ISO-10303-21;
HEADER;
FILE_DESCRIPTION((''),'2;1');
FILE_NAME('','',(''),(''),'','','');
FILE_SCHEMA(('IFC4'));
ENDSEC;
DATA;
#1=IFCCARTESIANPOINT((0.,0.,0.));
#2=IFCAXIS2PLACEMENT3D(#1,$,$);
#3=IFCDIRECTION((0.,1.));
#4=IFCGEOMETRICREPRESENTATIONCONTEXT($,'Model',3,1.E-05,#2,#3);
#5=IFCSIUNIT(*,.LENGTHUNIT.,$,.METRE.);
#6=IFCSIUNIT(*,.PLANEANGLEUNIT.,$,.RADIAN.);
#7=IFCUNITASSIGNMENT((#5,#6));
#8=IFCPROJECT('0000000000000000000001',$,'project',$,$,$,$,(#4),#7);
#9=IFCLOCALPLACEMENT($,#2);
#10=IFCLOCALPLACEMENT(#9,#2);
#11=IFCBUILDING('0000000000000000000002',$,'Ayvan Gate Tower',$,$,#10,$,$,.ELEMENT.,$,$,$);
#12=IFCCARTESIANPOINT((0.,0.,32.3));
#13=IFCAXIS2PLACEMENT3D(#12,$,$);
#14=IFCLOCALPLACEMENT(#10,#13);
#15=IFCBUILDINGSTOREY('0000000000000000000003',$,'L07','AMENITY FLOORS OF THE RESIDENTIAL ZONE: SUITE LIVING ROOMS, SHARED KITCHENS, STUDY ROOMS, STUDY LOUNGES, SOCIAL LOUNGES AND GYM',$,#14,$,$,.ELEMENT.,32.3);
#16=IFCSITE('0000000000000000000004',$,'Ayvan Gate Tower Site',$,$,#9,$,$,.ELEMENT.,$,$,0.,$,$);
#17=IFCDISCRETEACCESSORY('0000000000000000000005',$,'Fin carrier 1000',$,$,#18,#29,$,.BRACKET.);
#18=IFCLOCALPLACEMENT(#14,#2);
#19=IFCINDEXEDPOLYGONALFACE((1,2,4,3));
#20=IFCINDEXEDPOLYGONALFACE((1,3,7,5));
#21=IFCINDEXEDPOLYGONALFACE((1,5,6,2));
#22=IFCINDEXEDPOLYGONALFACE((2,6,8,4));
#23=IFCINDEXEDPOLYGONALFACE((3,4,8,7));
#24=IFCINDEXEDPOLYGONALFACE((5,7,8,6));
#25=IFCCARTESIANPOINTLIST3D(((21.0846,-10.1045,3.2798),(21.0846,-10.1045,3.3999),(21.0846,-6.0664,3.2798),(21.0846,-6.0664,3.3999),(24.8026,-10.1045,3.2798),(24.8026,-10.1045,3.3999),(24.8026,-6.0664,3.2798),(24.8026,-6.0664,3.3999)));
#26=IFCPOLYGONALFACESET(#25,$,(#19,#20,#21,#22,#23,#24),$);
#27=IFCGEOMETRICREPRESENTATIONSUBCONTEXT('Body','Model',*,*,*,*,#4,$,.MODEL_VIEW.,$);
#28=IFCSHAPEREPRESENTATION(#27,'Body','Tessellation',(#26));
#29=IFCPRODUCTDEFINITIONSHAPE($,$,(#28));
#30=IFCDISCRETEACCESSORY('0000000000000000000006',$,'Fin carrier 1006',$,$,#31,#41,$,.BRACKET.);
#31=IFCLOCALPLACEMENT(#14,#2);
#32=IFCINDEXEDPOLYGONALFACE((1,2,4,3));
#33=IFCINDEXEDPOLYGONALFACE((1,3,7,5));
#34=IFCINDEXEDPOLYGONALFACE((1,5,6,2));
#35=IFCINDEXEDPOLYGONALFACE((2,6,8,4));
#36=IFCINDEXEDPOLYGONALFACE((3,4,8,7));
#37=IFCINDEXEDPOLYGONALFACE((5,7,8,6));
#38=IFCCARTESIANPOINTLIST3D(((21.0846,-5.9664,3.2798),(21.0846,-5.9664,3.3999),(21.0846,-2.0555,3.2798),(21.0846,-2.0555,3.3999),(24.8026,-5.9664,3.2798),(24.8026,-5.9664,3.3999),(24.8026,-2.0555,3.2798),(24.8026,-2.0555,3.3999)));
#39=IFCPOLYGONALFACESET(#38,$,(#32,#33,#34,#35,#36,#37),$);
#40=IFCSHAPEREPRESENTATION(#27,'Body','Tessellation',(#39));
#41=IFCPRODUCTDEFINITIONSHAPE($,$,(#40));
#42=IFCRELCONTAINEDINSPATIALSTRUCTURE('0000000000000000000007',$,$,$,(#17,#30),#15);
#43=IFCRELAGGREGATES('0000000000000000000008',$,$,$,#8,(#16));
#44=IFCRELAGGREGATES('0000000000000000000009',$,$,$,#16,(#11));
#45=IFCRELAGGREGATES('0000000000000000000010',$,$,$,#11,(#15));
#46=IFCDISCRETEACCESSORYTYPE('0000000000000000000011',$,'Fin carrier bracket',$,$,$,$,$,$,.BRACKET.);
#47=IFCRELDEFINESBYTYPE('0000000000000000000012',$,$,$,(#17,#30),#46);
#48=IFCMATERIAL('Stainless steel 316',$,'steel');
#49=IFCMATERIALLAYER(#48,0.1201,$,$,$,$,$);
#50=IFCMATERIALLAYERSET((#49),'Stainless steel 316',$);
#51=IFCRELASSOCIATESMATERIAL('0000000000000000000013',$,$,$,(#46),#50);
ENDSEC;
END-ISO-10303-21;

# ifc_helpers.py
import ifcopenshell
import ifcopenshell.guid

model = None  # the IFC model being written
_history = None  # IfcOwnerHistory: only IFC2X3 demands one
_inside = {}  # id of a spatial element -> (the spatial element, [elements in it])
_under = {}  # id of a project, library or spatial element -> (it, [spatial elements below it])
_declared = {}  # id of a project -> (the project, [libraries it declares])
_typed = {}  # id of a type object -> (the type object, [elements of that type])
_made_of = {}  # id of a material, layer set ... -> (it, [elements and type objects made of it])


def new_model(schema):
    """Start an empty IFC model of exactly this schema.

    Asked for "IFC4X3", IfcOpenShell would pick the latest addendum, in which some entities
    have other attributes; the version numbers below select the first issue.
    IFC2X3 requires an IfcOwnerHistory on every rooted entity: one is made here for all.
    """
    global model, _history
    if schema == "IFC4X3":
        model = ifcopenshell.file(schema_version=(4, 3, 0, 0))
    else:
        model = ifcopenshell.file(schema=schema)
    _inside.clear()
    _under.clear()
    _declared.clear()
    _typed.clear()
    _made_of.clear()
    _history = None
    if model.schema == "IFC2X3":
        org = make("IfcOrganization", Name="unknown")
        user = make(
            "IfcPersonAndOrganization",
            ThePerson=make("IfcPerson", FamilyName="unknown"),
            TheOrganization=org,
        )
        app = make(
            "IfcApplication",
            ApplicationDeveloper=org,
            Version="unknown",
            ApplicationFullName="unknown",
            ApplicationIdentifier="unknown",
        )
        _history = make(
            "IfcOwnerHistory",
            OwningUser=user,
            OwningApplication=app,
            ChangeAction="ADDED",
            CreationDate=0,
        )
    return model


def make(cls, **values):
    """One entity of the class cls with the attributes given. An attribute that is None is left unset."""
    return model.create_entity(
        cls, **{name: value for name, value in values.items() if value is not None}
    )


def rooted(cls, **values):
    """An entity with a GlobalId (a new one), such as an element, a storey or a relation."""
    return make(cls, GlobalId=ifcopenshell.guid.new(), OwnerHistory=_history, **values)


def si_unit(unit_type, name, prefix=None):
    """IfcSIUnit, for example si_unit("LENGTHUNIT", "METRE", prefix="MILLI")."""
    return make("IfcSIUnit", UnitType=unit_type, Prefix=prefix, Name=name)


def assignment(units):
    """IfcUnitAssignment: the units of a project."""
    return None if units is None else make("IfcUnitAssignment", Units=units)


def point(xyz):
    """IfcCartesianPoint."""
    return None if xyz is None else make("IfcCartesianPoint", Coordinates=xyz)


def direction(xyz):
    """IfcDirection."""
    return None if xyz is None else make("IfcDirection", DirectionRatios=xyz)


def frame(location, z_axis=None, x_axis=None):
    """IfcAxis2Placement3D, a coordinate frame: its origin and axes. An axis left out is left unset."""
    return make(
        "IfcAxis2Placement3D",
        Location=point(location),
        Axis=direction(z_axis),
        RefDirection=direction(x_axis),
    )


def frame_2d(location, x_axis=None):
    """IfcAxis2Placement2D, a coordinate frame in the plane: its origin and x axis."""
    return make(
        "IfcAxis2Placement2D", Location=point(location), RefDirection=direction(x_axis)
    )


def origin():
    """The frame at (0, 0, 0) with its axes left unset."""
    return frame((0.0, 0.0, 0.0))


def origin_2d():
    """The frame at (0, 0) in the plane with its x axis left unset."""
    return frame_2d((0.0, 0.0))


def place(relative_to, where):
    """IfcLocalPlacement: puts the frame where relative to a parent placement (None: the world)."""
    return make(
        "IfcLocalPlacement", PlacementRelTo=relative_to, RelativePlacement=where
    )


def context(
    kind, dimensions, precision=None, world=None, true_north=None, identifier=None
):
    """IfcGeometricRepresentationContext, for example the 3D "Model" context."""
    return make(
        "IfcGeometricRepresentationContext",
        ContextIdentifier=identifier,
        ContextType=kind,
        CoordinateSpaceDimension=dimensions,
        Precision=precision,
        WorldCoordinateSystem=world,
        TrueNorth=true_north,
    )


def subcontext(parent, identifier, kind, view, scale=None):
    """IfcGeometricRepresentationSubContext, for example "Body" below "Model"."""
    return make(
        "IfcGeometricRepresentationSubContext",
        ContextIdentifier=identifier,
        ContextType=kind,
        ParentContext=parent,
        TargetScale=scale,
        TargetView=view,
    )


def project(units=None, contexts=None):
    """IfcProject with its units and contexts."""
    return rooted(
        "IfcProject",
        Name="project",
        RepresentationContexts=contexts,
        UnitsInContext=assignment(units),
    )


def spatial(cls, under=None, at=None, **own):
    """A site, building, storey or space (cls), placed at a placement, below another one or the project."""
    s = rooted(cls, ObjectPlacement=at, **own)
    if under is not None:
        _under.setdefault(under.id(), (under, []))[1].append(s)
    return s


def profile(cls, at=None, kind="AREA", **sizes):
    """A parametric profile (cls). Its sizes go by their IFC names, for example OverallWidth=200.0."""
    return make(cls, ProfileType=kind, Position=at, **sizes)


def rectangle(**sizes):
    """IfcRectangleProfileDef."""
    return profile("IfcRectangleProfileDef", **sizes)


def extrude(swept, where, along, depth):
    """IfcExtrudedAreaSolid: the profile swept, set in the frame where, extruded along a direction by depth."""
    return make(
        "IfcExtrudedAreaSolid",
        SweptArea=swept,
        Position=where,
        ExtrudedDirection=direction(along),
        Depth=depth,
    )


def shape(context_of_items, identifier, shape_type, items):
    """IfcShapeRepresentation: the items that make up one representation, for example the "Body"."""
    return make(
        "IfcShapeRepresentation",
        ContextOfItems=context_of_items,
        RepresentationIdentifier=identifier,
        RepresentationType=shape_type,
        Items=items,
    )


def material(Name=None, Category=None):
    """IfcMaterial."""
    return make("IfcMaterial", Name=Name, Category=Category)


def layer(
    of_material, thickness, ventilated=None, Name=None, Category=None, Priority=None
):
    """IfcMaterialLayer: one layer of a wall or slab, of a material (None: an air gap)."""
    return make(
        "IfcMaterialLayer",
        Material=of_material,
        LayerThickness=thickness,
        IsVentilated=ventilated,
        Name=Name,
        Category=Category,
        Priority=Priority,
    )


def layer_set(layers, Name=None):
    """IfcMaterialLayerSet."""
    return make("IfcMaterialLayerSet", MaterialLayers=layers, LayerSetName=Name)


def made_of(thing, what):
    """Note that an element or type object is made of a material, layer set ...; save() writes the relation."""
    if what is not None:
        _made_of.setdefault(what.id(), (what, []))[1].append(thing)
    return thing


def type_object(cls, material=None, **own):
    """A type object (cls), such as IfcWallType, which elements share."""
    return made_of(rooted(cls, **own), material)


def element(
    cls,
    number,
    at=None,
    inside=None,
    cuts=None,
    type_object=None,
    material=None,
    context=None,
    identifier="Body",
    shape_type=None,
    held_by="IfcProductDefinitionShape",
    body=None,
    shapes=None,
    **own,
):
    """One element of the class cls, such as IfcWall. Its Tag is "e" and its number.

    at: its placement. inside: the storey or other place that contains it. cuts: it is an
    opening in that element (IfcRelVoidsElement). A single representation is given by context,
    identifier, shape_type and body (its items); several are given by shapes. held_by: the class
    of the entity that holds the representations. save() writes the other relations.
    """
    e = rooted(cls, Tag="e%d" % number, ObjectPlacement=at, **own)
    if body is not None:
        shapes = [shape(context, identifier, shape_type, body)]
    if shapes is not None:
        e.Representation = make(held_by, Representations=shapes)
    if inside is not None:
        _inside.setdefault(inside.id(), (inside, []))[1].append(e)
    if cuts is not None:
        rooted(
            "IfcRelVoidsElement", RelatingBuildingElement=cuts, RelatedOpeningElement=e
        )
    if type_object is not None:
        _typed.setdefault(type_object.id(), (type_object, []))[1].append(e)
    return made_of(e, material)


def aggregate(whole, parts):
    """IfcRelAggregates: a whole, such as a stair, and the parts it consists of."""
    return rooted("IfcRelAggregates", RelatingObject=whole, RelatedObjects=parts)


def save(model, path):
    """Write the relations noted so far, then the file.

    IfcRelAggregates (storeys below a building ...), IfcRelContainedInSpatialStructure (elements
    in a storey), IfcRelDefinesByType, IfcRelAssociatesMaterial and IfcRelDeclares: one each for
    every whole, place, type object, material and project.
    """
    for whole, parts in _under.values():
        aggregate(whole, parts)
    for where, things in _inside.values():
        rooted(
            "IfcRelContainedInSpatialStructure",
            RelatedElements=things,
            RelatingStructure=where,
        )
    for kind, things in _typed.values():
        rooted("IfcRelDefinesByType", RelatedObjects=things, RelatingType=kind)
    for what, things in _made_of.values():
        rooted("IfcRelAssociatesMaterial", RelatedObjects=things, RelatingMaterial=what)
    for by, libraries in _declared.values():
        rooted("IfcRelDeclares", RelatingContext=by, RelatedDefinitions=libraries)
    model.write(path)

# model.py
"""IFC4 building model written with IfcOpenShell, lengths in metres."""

from ifc_helpers import new_model, si_unit, direction, frame, origin, origin_2d, place, context, subcontext, project, spatial, rectangle, extrude, material, layer, layer_set, type_object, element, save


model = new_model("IFC4")

# Units and contexts
model_context = context("Model", 3, precision=1e-05, world=origin(), true_north=direction((0.0, 1.0)))
body_context = subcontext(model_context, "Body", "Model", "MODEL_VIEW")
ifc_project = project(units=[si_unit("LENGTHUNIT", "METRE"), si_unit("PLANEANGLEUNIT", "RADIAN")], contexts=[model_context])

# Site, building, storey
site_placement = place(None, origin())
site = spatial("IfcSite", under=ifc_project, at=site_placement, Name="Ayvan Gate Tower Site", CompositionType="ELEMENT", RefElevation=0.0)
building_placement = place(site_placement, origin())
building = spatial("IfcBuilding", under=site, at=building_placement, Name="Ayvan Gate Tower", CompositionType="ELEMENT")
storey_placement = place(building_placement, frame((0.0, 0.0, 32.3)))
storey = spatial("IfcBuildingStorey", under=building, at=storey_placement, Name="L07", Description="AMENITY FLOORS OF THE RESIDENTIAL ZONE: SUITE LIVING ROOMS, SHARED KITCHENS, STUDY ROOMS, STUDY LOUNGES, SOCIAL LOUNGES AND GYM", CompositionType="ELEMENT", Elevation=32.3)

# Discrete accessories
ifc_material_1 = material(Name="Stainless steel 316", Category="steel")
ifc_layer_1 = layer(ifc_material_1, 0.1201)
ifc_layer_set_1 = layer_set([ifc_layer_1], Name="Stainless steel 316")
discrete_accessory_type = type_object("IfcDiscreteAccessoryType", Name="Fin carrier bracket", PredefinedType="BRACKET", material=ifc_layer_set_1)
discrete_accessory_1_placement = place(storey_placement, frame((22.9436, -8.0854, 3.2798), z_axis=(0.0, 0.0, 1.0), x_axis=(0.0, 1.0, 0.0)))
element("IfcDiscreteAccessory", 1, at=discrete_accessory_1_placement, inside=storey, type_object=discrete_accessory_type, Name="Fin carrier 1000", PredefinedType="BRACKET", context=body_context, shape_type="SweptSolid", body=[
    extrude(rectangle(XDim=4.0381, YDim=3.718, at=origin_2d()), origin(), (0.0, 0.0, 1.0), 0.1201),
])
discrete_accessory_2_placement = place(storey_placement, frame((22.9436, -4.011, 3.2798), z_axis=(0.0, 0.0, 1.0), x_axis=(0.0, 1.0, 0.0)))
element("IfcDiscreteAccessory", 2, at=discrete_accessory_2_placement, inside=storey, type_object=discrete_accessory_type, Name="Fin carrier 1006", PredefinedType="BRACKET", context=body_context, shape_type="SweptSolid", body=[
    extrude(rectangle(XDim=3.9109, YDim=3.718, at=origin_2d()), origin(), (0.0, 0.0, 1.0), 0.1201),
])

save(model, "model.ifc")
